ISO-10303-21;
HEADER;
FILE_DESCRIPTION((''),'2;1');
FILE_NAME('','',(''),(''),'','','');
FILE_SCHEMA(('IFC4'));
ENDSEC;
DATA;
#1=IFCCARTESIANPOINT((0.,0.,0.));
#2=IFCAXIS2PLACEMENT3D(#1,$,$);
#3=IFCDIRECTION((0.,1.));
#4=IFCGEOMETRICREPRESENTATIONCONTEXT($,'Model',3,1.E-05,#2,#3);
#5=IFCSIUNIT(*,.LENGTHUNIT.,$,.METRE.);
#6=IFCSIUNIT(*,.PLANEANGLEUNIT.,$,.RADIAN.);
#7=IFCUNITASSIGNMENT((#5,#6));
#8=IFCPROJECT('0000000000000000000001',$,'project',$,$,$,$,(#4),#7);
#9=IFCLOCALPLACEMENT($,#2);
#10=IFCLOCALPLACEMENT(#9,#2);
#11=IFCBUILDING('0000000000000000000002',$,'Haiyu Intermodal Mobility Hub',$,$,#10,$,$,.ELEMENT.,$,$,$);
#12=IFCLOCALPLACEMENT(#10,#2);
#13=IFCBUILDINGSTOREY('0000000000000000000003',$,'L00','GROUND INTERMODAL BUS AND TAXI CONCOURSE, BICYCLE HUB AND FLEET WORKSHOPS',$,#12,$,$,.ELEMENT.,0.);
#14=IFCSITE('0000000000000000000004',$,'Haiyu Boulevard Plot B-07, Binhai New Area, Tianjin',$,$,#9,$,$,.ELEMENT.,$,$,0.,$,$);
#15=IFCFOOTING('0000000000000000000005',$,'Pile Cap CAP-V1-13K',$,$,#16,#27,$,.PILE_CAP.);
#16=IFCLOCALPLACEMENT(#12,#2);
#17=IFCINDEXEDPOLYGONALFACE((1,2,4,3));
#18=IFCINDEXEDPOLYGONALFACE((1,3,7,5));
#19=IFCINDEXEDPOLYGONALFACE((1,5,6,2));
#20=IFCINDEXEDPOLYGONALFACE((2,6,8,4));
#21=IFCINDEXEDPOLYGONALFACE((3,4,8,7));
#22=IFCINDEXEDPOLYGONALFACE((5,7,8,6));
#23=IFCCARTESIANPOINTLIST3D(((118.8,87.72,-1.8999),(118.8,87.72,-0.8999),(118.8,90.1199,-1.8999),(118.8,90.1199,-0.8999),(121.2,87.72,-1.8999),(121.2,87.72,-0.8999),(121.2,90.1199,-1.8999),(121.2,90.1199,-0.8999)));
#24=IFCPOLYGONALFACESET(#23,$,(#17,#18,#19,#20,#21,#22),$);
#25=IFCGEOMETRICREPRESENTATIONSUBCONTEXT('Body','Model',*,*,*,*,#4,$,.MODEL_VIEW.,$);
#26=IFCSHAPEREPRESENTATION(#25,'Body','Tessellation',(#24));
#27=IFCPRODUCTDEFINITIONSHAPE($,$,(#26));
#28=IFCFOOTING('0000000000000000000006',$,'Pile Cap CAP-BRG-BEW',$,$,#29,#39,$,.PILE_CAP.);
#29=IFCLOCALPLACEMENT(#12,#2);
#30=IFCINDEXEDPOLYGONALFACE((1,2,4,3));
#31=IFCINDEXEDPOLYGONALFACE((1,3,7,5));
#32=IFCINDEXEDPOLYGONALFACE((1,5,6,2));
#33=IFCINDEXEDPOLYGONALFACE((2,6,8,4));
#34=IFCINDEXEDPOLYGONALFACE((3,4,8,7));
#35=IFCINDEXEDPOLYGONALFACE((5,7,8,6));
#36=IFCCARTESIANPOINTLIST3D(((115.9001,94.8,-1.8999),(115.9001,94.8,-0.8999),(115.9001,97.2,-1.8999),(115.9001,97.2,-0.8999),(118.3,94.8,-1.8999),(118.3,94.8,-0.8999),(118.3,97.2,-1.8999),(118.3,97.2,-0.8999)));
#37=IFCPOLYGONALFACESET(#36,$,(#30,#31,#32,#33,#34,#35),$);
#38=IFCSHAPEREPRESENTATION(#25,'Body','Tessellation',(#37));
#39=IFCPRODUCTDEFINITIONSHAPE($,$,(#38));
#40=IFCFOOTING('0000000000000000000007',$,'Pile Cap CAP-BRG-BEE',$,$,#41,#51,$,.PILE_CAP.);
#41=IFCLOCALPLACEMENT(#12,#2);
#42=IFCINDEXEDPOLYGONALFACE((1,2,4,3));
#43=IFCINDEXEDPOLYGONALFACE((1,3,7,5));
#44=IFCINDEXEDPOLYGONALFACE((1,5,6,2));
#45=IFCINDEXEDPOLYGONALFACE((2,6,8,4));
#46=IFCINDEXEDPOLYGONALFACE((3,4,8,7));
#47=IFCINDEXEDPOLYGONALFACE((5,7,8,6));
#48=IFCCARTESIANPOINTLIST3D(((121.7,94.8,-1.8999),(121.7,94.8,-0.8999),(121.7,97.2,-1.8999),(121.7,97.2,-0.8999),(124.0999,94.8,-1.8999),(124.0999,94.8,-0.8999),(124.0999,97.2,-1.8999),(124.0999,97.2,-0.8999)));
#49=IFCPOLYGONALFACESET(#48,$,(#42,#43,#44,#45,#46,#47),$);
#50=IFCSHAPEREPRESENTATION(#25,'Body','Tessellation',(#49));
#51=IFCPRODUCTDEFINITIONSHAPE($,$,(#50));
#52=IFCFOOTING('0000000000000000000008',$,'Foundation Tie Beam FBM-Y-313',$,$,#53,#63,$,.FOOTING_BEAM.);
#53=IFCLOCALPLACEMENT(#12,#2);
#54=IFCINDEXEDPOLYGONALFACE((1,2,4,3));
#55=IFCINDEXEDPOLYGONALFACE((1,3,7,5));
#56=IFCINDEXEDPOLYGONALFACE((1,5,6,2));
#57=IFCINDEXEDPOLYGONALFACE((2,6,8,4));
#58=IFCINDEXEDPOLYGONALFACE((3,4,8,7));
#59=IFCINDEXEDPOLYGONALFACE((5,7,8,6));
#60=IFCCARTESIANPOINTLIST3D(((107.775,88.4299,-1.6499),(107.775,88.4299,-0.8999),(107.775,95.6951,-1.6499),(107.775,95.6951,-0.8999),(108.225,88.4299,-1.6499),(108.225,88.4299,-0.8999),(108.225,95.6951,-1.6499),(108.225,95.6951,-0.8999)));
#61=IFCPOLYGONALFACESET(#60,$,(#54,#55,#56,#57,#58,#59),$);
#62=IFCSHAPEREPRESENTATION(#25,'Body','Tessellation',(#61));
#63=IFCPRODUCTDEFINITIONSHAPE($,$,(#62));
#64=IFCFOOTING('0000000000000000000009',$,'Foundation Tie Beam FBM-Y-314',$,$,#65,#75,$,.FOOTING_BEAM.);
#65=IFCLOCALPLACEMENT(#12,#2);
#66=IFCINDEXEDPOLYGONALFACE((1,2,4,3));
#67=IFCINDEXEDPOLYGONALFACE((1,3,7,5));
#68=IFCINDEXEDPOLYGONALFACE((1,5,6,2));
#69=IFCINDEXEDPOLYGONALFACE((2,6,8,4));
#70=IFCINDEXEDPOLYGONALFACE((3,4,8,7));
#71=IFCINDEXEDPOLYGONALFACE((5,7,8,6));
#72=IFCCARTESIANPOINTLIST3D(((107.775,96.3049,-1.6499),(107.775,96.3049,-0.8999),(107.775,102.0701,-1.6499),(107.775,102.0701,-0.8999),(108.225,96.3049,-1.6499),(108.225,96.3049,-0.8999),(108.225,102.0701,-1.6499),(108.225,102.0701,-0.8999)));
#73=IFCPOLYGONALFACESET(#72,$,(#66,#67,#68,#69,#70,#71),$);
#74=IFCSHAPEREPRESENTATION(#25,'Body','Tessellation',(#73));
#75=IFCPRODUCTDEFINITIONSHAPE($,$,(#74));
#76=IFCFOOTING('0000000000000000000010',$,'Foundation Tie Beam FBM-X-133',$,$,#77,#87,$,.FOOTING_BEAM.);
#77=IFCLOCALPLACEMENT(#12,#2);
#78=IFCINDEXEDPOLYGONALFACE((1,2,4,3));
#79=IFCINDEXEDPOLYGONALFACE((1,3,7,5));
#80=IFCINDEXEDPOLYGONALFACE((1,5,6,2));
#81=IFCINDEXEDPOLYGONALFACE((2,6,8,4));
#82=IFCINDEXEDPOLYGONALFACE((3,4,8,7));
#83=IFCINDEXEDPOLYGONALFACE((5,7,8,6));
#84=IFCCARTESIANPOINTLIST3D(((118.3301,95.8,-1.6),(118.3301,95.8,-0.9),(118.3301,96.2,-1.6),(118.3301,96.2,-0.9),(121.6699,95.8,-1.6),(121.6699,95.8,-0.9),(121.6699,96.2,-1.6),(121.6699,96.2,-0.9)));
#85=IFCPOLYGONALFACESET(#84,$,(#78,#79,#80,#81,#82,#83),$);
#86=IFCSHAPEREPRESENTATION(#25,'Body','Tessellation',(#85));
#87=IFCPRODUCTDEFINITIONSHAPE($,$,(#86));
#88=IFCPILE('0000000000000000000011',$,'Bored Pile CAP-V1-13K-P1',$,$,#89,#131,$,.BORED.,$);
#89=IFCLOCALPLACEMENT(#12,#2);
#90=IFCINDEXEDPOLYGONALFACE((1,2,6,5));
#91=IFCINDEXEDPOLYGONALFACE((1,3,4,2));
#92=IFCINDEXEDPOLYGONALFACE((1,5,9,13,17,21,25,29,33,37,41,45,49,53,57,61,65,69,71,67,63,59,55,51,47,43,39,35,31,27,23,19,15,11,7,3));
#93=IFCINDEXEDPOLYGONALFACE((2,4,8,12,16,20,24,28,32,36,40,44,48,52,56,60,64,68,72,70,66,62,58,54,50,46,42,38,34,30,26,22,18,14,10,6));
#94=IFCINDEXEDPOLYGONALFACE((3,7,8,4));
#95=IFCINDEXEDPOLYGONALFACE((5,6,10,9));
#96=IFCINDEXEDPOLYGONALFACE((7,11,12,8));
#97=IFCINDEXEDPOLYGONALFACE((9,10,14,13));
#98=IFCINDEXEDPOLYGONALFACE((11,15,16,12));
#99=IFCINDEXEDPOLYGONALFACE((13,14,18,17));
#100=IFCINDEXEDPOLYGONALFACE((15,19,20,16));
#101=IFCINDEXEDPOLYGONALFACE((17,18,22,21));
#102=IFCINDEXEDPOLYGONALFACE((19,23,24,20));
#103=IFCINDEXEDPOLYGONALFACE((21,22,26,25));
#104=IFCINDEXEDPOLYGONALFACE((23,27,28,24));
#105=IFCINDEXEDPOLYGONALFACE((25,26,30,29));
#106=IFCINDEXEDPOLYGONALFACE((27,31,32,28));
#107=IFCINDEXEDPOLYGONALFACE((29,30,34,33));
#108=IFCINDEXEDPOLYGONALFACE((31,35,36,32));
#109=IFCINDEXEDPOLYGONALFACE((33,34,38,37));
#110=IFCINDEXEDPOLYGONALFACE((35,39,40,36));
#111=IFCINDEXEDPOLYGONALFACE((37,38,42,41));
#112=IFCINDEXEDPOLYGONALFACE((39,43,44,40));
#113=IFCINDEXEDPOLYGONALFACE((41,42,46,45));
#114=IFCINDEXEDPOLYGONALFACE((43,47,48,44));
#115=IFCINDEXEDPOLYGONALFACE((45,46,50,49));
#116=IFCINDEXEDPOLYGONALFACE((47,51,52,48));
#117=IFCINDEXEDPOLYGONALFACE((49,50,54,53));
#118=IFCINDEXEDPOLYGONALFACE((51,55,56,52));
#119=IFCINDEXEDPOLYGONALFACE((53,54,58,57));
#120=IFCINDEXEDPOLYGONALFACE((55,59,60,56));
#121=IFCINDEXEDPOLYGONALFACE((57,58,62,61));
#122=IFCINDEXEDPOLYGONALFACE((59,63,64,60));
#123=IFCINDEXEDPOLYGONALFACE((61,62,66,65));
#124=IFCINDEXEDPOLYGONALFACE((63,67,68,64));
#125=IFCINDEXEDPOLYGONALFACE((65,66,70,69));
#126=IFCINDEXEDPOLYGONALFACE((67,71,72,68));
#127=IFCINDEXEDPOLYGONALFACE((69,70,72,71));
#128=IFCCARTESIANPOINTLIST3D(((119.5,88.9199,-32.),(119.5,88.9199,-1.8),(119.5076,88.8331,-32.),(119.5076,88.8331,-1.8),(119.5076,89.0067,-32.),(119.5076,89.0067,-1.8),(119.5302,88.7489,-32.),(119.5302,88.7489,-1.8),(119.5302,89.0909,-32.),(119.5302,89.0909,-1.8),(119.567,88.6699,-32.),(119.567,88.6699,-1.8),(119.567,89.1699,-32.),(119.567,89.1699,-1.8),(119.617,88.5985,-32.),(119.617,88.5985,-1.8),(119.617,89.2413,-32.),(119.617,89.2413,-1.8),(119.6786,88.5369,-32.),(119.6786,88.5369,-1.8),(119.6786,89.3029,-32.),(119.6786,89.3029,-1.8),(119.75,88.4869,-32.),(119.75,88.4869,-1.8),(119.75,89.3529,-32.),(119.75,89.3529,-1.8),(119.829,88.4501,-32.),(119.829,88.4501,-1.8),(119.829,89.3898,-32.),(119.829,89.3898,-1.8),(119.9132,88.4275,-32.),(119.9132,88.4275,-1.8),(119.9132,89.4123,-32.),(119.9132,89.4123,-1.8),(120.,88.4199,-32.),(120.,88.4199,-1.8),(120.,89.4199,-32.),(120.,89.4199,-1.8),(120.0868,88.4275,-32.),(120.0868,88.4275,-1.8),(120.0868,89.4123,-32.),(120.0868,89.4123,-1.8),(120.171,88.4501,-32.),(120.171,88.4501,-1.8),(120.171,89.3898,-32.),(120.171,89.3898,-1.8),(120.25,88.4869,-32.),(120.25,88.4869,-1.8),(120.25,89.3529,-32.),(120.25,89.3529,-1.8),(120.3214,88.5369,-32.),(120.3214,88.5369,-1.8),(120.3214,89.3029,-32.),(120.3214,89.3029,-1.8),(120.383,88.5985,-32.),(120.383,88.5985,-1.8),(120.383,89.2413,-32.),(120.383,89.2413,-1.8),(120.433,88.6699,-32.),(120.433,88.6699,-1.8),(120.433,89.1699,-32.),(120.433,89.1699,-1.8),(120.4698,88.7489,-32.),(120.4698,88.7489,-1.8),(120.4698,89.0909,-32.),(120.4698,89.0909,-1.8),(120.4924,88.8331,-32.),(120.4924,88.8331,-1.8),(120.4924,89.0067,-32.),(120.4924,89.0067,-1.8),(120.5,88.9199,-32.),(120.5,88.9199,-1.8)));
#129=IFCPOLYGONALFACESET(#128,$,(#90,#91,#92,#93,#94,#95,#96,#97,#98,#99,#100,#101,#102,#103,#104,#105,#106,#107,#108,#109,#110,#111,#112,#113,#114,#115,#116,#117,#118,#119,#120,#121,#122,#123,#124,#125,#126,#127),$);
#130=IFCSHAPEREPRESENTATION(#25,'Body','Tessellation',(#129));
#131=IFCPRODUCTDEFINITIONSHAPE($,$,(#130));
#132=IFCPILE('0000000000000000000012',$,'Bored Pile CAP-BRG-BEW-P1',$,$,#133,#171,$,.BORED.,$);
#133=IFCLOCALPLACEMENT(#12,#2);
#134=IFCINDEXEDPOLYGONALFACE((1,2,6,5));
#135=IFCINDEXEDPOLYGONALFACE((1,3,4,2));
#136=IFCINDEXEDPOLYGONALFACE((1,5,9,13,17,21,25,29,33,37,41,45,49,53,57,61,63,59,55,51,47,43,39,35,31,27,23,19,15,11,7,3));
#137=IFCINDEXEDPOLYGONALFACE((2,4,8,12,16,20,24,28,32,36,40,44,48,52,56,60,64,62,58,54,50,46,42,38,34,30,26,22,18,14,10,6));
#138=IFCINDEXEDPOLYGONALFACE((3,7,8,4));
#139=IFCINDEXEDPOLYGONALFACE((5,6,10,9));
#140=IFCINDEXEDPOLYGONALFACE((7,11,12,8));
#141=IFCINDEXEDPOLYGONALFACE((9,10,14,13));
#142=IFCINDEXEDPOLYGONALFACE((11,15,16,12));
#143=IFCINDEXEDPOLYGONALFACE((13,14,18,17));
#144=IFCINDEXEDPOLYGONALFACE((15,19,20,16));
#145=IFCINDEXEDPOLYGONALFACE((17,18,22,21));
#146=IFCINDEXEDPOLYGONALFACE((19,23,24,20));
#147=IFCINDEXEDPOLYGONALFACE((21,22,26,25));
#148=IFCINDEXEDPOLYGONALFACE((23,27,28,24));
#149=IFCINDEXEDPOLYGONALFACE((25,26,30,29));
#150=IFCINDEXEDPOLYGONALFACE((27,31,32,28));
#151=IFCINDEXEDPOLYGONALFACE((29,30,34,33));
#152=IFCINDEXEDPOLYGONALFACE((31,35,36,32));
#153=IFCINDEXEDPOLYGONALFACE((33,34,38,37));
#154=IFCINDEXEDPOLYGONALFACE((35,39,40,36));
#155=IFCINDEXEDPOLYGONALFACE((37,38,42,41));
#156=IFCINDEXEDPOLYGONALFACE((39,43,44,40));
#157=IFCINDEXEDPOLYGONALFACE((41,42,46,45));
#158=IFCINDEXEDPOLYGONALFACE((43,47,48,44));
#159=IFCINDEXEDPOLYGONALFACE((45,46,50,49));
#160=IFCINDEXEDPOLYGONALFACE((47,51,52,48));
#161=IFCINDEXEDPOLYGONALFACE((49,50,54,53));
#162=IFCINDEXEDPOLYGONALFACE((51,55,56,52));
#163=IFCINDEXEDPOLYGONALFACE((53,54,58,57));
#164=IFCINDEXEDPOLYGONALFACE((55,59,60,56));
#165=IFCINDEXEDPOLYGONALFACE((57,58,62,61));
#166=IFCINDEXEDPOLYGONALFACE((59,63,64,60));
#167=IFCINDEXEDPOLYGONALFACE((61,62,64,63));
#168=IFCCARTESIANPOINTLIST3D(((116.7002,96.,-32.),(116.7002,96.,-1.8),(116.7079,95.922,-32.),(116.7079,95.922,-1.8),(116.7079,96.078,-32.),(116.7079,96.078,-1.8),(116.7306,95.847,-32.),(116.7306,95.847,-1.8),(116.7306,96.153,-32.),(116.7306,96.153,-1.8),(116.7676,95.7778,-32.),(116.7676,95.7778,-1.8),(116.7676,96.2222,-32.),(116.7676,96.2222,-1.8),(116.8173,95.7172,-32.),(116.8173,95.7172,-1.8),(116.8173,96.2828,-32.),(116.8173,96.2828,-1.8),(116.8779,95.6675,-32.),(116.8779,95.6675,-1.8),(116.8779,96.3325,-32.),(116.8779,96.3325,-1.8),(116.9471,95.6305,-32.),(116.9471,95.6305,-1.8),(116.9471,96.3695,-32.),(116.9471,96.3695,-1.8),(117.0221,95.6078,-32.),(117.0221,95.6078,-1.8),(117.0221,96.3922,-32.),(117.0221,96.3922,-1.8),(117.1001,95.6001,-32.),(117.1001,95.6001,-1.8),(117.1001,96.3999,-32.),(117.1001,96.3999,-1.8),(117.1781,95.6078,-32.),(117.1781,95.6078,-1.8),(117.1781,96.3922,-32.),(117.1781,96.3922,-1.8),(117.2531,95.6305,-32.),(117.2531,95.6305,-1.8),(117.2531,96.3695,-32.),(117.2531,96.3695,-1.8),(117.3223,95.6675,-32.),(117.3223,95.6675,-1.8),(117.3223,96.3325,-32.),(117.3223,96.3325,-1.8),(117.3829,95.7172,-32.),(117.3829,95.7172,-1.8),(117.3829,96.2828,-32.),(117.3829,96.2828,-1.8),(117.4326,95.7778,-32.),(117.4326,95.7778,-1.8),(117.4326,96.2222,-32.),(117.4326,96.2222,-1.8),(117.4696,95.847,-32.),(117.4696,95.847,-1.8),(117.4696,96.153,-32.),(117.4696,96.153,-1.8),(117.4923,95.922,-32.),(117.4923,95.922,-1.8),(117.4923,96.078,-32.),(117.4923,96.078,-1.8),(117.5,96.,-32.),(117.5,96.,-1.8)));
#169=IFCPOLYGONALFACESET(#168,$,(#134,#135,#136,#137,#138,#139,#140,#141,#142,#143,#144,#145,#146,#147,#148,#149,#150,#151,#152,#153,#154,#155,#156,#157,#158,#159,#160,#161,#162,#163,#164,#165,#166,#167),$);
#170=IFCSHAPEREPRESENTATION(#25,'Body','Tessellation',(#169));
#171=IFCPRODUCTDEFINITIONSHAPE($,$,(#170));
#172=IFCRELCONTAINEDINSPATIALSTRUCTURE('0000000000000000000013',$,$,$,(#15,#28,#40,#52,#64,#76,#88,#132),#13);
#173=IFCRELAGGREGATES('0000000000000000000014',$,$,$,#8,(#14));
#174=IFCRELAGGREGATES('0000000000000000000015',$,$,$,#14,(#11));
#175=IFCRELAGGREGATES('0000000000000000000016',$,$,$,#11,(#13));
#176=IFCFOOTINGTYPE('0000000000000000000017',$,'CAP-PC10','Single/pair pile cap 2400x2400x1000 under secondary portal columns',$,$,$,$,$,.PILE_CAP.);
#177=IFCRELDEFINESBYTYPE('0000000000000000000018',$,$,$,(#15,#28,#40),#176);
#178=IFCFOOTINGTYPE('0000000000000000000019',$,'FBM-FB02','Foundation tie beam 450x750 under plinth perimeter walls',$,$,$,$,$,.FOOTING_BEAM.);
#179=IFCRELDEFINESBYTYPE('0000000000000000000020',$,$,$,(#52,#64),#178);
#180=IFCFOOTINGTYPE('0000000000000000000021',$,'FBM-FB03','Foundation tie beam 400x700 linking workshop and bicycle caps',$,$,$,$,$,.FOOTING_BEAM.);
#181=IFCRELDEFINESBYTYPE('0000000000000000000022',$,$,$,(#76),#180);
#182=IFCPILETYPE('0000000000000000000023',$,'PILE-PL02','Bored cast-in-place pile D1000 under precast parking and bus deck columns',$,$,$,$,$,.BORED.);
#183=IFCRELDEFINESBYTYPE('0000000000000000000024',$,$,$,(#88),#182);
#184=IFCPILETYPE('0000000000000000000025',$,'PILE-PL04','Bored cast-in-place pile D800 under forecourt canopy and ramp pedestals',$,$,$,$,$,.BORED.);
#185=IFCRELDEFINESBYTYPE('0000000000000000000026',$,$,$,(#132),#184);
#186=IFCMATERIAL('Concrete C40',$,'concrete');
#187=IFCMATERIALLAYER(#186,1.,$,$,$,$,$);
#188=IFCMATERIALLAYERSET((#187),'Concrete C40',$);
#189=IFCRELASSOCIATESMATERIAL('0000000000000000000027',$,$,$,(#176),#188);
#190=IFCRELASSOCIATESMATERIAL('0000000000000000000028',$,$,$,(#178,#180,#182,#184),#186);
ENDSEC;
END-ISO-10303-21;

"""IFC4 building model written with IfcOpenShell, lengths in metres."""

from ifc_helpers import new_model, si_unit, direction, frame, origin, origin_2d, place, context, subcontext, project, spatial, rectangle, circle, extrude, material, layer, layer_set, material_profile, profile_set, type_object, element, save


model = new_model("IFC4")

# Units and contexts
model_context = context("Model", 3, precision=1e-05, world=origin(), true_north=direction((0.0, 1.0)))
body_context = subcontext(model_context, "Body", "Model", "MODEL_VIEW")
ifc_project = project(units=[si_unit("LENGTHUNIT", "METRE"), si_unit("PLANEANGLEUNIT", "RADIAN")], contexts=[model_context])

# Site, building, storey
site_placement = place(None, origin())
site = spatial("IfcSite", under=ifc_project, at=site_placement, Name="Haiyu Boulevard Plot B-07, Binhai New Area, Tianjin", CompositionType="ELEMENT", RefElevation=0.0)
building_placement = place(site_placement, origin())
building = spatial("IfcBuilding", under=site, at=building_placement, Name="Haiyu Intermodal Mobility Hub", CompositionType="ELEMENT")
storey_placement = place(building_placement, origin())
storey = spatial("IfcBuildingStorey", under=building, at=storey_placement, Name="L00", Description="GROUND INTERMODAL BUS AND TAXI CONCOURSE, BICYCLE HUB AND FLEET WORKSHOPS", CompositionType="ELEMENT", Elevation=0.0)

# Footings
ifc_material_1 = material(Name="Concrete C40", Category="concrete")
ifc_layer_1 = layer(ifc_material_1, 1.0)
ifc_layer_set_1 = layer_set([ifc_layer_1], Name="Concrete C40")
footing_type_1 = type_object("IfcFootingType", Name="CAP-PC10", Description="Single/pair pile cap 2400x2400x1000 under secondary portal columns", PredefinedType="PILE_CAP", material=ifc_layer_set_1)
for number, where, z_axis, x_axis, name in (
    (1, (120.0, 88.9199, -1.8999), (0.0, 0.0, 1.0), (1.0, 0.0, 0.0), "Pile Cap CAP-V1-13K"),
    (2, (117.1001, 96.0, -1.8999), (0.0, 0.0, 1.0), (1.0, 0.0, 0.0), "Pile Cap CAP-BRG-BEW"),
    (3, (122.8999, 96.0, -1.8999), (0.0, 0.0, 1.0), (1.0, 0.0, 0.0), "Pile Cap CAP-BRG-BEE"),
):
    element("IfcFooting", number, at=place(storey_placement, frame(where, z_axis=z_axis, x_axis=x_axis)), inside=storey, type_object=footing_type_1, Name=name, PredefinedType="PILE_CAP", context=body_context, shape_type="SweptSolid", body=[
        extrude(rectangle(XDim=2.3999, YDim=2.3999, at=origin_2d()), origin(), (0.0, 0.0, 1.0), 1.0),
    ])
ifc_material_profile_1 = material_profile(ifc_material_1, rectangle(XDim=0.45, YDim=0.75, at=origin_2d()), Name="FB450x750")
ifc_profile_set_1 = profile_set([ifc_material_profile_1], Name="Concrete C40")
footing_type_2 = type_object("IfcFootingType", Name="FBM-FB02", Description="Foundation tie beam 450x750 under plinth perimeter walls", PredefinedType="FOOTING_BEAM", material=ifc_profile_set_1)
footing_1_placement = place(storey_placement, frame((108.0, 88.4299, -1.2749), z_axis=(0.0, 1.0, 0.0), x_axis=(-1.0, 0.0, 0.0)))
element("IfcFooting", 4, at=footing_1_placement, inside=storey, type_object=footing_type_2, Name="Foundation Tie Beam FBM-Y-313", PredefinedType="FOOTING_BEAM", context=body_context, shape_type="SweptSolid", body=[
    extrude(rectangle(XDim=0.45, YDim=0.75, at=origin_2d()), origin(), (0.0, 0.0, 1.0), 7.2651),
])
footing_2_placement = place(storey_placement, frame((108.0, 96.3049, -1.2749), z_axis=(0.0, 1.0, 0.0), x_axis=(-1.0, 0.0, 0.0)))
element("IfcFooting", 5, at=footing_2_placement, inside=storey, type_object=footing_type_2, Name="Foundation Tie Beam FBM-Y-314", PredefinedType="FOOTING_BEAM", context=body_context, shape_type="SweptSolid", body=[
    extrude(rectangle(XDim=0.45, YDim=0.75, at=origin_2d()), origin(), (0.0, 0.0, 1.0), 5.7651),
])
ifc_material_profile_2 = material_profile(ifc_material_1, rectangle(XDim=0.3999, YDim=0.7, at=origin_2d()), Name="FB400x700")
ifc_profile_set_2 = profile_set([ifc_material_profile_2], Name="Concrete C40")
footing_type_3 = type_object("IfcFootingType", Name="FBM-FB03", Description="Foundation tie beam 400x700 linking workshop and bicycle caps", PredefinedType="FOOTING_BEAM", material=ifc_profile_set_2)
footing_3_placement = place(storey_placement, frame((118.3301, 96.0, -1.25), z_axis=(1.0, 0.0, 0.0), x_axis=(0.0, 1.0, 0.0)))
element("IfcFooting", 6, at=footing_3_placement, inside=storey, type_object=footing_type_3, Name="Foundation Tie Beam FBM-X-133", PredefinedType="FOOTING_BEAM", context=body_context, shape_type="SweptSolid", body=[
    extrude(rectangle(XDim=0.3999, YDim=0.7, at=origin_2d()), origin(), (0.0, 0.0, 1.0), 3.3398),
])

# Piles
ifc_material_profile_3 = material_profile(ifc_material_1, circle(Radius=0.5, at=origin_2d()), Name="PILE-D1000")
ifc_profile_set_3 = profile_set([ifc_material_profile_3], Name="Concrete C40")
pile_type_1 = type_object("IfcPileType", Name="PILE-PL02", Description="Bored cast-in-place pile D1000 under precast parking and bus deck columns", PredefinedType="BORED", material=ifc_profile_set_3)
pile_placement = place(storey_placement, frame((120.0, 88.9199, -1.8), z_axis=(0.0, 0.0, -1.0), x_axis=(1.0, 0.0, 0.0)))
element("IfcPile", 7, at=pile_placement, inside=storey, type_object=pile_type_1, Name="Bored Pile CAP-V1-13K-P1", PredefinedType="BORED", context=body_context, shape_type="SweptSolid", body=[
    extrude(circle(Radius=0.5, at=origin_2d()), origin(), (0.0, 0.0, 1.0), 30.2),
])
ifc_material_profile_4 = material_profile(ifc_material_1, circle(Radius=0.3999, at=origin_2d()), Name="PILE-D800")
ifc_profile_set_4 = profile_set([ifc_material_profile_4], Name="Concrete C40")
pile_type_2 = type_object("IfcPileType", Name="PILE-PL04", Description="Bored cast-in-place pile D800 under forecourt canopy and ramp pedestals", PredefinedType="BORED", material=ifc_profile_set_4)
for number, where, z_axis, x_axis, name in (
    (8, (117.1001, 96.0, -1.8), (0.0, 0.0, -1.0), (1.0, 0.0, 0.0), "Bored Pile CAP-BRG-BEW-P1"),
):
    element("IfcPile", number, at=place(storey_placement, frame(where, z_axis=z_axis, x_axis=x_axis)), inside=storey, type_object=pile_type_2, Name=name, PredefinedType="BORED", context=body_context, shape_type="SweptSolid", body=[
        extrude(circle(Radius=0.3999, at=origin_2d()), origin(), (0.0, 0.0, 1.0), 30.2),
    ])

save(model, "model.ifc")
